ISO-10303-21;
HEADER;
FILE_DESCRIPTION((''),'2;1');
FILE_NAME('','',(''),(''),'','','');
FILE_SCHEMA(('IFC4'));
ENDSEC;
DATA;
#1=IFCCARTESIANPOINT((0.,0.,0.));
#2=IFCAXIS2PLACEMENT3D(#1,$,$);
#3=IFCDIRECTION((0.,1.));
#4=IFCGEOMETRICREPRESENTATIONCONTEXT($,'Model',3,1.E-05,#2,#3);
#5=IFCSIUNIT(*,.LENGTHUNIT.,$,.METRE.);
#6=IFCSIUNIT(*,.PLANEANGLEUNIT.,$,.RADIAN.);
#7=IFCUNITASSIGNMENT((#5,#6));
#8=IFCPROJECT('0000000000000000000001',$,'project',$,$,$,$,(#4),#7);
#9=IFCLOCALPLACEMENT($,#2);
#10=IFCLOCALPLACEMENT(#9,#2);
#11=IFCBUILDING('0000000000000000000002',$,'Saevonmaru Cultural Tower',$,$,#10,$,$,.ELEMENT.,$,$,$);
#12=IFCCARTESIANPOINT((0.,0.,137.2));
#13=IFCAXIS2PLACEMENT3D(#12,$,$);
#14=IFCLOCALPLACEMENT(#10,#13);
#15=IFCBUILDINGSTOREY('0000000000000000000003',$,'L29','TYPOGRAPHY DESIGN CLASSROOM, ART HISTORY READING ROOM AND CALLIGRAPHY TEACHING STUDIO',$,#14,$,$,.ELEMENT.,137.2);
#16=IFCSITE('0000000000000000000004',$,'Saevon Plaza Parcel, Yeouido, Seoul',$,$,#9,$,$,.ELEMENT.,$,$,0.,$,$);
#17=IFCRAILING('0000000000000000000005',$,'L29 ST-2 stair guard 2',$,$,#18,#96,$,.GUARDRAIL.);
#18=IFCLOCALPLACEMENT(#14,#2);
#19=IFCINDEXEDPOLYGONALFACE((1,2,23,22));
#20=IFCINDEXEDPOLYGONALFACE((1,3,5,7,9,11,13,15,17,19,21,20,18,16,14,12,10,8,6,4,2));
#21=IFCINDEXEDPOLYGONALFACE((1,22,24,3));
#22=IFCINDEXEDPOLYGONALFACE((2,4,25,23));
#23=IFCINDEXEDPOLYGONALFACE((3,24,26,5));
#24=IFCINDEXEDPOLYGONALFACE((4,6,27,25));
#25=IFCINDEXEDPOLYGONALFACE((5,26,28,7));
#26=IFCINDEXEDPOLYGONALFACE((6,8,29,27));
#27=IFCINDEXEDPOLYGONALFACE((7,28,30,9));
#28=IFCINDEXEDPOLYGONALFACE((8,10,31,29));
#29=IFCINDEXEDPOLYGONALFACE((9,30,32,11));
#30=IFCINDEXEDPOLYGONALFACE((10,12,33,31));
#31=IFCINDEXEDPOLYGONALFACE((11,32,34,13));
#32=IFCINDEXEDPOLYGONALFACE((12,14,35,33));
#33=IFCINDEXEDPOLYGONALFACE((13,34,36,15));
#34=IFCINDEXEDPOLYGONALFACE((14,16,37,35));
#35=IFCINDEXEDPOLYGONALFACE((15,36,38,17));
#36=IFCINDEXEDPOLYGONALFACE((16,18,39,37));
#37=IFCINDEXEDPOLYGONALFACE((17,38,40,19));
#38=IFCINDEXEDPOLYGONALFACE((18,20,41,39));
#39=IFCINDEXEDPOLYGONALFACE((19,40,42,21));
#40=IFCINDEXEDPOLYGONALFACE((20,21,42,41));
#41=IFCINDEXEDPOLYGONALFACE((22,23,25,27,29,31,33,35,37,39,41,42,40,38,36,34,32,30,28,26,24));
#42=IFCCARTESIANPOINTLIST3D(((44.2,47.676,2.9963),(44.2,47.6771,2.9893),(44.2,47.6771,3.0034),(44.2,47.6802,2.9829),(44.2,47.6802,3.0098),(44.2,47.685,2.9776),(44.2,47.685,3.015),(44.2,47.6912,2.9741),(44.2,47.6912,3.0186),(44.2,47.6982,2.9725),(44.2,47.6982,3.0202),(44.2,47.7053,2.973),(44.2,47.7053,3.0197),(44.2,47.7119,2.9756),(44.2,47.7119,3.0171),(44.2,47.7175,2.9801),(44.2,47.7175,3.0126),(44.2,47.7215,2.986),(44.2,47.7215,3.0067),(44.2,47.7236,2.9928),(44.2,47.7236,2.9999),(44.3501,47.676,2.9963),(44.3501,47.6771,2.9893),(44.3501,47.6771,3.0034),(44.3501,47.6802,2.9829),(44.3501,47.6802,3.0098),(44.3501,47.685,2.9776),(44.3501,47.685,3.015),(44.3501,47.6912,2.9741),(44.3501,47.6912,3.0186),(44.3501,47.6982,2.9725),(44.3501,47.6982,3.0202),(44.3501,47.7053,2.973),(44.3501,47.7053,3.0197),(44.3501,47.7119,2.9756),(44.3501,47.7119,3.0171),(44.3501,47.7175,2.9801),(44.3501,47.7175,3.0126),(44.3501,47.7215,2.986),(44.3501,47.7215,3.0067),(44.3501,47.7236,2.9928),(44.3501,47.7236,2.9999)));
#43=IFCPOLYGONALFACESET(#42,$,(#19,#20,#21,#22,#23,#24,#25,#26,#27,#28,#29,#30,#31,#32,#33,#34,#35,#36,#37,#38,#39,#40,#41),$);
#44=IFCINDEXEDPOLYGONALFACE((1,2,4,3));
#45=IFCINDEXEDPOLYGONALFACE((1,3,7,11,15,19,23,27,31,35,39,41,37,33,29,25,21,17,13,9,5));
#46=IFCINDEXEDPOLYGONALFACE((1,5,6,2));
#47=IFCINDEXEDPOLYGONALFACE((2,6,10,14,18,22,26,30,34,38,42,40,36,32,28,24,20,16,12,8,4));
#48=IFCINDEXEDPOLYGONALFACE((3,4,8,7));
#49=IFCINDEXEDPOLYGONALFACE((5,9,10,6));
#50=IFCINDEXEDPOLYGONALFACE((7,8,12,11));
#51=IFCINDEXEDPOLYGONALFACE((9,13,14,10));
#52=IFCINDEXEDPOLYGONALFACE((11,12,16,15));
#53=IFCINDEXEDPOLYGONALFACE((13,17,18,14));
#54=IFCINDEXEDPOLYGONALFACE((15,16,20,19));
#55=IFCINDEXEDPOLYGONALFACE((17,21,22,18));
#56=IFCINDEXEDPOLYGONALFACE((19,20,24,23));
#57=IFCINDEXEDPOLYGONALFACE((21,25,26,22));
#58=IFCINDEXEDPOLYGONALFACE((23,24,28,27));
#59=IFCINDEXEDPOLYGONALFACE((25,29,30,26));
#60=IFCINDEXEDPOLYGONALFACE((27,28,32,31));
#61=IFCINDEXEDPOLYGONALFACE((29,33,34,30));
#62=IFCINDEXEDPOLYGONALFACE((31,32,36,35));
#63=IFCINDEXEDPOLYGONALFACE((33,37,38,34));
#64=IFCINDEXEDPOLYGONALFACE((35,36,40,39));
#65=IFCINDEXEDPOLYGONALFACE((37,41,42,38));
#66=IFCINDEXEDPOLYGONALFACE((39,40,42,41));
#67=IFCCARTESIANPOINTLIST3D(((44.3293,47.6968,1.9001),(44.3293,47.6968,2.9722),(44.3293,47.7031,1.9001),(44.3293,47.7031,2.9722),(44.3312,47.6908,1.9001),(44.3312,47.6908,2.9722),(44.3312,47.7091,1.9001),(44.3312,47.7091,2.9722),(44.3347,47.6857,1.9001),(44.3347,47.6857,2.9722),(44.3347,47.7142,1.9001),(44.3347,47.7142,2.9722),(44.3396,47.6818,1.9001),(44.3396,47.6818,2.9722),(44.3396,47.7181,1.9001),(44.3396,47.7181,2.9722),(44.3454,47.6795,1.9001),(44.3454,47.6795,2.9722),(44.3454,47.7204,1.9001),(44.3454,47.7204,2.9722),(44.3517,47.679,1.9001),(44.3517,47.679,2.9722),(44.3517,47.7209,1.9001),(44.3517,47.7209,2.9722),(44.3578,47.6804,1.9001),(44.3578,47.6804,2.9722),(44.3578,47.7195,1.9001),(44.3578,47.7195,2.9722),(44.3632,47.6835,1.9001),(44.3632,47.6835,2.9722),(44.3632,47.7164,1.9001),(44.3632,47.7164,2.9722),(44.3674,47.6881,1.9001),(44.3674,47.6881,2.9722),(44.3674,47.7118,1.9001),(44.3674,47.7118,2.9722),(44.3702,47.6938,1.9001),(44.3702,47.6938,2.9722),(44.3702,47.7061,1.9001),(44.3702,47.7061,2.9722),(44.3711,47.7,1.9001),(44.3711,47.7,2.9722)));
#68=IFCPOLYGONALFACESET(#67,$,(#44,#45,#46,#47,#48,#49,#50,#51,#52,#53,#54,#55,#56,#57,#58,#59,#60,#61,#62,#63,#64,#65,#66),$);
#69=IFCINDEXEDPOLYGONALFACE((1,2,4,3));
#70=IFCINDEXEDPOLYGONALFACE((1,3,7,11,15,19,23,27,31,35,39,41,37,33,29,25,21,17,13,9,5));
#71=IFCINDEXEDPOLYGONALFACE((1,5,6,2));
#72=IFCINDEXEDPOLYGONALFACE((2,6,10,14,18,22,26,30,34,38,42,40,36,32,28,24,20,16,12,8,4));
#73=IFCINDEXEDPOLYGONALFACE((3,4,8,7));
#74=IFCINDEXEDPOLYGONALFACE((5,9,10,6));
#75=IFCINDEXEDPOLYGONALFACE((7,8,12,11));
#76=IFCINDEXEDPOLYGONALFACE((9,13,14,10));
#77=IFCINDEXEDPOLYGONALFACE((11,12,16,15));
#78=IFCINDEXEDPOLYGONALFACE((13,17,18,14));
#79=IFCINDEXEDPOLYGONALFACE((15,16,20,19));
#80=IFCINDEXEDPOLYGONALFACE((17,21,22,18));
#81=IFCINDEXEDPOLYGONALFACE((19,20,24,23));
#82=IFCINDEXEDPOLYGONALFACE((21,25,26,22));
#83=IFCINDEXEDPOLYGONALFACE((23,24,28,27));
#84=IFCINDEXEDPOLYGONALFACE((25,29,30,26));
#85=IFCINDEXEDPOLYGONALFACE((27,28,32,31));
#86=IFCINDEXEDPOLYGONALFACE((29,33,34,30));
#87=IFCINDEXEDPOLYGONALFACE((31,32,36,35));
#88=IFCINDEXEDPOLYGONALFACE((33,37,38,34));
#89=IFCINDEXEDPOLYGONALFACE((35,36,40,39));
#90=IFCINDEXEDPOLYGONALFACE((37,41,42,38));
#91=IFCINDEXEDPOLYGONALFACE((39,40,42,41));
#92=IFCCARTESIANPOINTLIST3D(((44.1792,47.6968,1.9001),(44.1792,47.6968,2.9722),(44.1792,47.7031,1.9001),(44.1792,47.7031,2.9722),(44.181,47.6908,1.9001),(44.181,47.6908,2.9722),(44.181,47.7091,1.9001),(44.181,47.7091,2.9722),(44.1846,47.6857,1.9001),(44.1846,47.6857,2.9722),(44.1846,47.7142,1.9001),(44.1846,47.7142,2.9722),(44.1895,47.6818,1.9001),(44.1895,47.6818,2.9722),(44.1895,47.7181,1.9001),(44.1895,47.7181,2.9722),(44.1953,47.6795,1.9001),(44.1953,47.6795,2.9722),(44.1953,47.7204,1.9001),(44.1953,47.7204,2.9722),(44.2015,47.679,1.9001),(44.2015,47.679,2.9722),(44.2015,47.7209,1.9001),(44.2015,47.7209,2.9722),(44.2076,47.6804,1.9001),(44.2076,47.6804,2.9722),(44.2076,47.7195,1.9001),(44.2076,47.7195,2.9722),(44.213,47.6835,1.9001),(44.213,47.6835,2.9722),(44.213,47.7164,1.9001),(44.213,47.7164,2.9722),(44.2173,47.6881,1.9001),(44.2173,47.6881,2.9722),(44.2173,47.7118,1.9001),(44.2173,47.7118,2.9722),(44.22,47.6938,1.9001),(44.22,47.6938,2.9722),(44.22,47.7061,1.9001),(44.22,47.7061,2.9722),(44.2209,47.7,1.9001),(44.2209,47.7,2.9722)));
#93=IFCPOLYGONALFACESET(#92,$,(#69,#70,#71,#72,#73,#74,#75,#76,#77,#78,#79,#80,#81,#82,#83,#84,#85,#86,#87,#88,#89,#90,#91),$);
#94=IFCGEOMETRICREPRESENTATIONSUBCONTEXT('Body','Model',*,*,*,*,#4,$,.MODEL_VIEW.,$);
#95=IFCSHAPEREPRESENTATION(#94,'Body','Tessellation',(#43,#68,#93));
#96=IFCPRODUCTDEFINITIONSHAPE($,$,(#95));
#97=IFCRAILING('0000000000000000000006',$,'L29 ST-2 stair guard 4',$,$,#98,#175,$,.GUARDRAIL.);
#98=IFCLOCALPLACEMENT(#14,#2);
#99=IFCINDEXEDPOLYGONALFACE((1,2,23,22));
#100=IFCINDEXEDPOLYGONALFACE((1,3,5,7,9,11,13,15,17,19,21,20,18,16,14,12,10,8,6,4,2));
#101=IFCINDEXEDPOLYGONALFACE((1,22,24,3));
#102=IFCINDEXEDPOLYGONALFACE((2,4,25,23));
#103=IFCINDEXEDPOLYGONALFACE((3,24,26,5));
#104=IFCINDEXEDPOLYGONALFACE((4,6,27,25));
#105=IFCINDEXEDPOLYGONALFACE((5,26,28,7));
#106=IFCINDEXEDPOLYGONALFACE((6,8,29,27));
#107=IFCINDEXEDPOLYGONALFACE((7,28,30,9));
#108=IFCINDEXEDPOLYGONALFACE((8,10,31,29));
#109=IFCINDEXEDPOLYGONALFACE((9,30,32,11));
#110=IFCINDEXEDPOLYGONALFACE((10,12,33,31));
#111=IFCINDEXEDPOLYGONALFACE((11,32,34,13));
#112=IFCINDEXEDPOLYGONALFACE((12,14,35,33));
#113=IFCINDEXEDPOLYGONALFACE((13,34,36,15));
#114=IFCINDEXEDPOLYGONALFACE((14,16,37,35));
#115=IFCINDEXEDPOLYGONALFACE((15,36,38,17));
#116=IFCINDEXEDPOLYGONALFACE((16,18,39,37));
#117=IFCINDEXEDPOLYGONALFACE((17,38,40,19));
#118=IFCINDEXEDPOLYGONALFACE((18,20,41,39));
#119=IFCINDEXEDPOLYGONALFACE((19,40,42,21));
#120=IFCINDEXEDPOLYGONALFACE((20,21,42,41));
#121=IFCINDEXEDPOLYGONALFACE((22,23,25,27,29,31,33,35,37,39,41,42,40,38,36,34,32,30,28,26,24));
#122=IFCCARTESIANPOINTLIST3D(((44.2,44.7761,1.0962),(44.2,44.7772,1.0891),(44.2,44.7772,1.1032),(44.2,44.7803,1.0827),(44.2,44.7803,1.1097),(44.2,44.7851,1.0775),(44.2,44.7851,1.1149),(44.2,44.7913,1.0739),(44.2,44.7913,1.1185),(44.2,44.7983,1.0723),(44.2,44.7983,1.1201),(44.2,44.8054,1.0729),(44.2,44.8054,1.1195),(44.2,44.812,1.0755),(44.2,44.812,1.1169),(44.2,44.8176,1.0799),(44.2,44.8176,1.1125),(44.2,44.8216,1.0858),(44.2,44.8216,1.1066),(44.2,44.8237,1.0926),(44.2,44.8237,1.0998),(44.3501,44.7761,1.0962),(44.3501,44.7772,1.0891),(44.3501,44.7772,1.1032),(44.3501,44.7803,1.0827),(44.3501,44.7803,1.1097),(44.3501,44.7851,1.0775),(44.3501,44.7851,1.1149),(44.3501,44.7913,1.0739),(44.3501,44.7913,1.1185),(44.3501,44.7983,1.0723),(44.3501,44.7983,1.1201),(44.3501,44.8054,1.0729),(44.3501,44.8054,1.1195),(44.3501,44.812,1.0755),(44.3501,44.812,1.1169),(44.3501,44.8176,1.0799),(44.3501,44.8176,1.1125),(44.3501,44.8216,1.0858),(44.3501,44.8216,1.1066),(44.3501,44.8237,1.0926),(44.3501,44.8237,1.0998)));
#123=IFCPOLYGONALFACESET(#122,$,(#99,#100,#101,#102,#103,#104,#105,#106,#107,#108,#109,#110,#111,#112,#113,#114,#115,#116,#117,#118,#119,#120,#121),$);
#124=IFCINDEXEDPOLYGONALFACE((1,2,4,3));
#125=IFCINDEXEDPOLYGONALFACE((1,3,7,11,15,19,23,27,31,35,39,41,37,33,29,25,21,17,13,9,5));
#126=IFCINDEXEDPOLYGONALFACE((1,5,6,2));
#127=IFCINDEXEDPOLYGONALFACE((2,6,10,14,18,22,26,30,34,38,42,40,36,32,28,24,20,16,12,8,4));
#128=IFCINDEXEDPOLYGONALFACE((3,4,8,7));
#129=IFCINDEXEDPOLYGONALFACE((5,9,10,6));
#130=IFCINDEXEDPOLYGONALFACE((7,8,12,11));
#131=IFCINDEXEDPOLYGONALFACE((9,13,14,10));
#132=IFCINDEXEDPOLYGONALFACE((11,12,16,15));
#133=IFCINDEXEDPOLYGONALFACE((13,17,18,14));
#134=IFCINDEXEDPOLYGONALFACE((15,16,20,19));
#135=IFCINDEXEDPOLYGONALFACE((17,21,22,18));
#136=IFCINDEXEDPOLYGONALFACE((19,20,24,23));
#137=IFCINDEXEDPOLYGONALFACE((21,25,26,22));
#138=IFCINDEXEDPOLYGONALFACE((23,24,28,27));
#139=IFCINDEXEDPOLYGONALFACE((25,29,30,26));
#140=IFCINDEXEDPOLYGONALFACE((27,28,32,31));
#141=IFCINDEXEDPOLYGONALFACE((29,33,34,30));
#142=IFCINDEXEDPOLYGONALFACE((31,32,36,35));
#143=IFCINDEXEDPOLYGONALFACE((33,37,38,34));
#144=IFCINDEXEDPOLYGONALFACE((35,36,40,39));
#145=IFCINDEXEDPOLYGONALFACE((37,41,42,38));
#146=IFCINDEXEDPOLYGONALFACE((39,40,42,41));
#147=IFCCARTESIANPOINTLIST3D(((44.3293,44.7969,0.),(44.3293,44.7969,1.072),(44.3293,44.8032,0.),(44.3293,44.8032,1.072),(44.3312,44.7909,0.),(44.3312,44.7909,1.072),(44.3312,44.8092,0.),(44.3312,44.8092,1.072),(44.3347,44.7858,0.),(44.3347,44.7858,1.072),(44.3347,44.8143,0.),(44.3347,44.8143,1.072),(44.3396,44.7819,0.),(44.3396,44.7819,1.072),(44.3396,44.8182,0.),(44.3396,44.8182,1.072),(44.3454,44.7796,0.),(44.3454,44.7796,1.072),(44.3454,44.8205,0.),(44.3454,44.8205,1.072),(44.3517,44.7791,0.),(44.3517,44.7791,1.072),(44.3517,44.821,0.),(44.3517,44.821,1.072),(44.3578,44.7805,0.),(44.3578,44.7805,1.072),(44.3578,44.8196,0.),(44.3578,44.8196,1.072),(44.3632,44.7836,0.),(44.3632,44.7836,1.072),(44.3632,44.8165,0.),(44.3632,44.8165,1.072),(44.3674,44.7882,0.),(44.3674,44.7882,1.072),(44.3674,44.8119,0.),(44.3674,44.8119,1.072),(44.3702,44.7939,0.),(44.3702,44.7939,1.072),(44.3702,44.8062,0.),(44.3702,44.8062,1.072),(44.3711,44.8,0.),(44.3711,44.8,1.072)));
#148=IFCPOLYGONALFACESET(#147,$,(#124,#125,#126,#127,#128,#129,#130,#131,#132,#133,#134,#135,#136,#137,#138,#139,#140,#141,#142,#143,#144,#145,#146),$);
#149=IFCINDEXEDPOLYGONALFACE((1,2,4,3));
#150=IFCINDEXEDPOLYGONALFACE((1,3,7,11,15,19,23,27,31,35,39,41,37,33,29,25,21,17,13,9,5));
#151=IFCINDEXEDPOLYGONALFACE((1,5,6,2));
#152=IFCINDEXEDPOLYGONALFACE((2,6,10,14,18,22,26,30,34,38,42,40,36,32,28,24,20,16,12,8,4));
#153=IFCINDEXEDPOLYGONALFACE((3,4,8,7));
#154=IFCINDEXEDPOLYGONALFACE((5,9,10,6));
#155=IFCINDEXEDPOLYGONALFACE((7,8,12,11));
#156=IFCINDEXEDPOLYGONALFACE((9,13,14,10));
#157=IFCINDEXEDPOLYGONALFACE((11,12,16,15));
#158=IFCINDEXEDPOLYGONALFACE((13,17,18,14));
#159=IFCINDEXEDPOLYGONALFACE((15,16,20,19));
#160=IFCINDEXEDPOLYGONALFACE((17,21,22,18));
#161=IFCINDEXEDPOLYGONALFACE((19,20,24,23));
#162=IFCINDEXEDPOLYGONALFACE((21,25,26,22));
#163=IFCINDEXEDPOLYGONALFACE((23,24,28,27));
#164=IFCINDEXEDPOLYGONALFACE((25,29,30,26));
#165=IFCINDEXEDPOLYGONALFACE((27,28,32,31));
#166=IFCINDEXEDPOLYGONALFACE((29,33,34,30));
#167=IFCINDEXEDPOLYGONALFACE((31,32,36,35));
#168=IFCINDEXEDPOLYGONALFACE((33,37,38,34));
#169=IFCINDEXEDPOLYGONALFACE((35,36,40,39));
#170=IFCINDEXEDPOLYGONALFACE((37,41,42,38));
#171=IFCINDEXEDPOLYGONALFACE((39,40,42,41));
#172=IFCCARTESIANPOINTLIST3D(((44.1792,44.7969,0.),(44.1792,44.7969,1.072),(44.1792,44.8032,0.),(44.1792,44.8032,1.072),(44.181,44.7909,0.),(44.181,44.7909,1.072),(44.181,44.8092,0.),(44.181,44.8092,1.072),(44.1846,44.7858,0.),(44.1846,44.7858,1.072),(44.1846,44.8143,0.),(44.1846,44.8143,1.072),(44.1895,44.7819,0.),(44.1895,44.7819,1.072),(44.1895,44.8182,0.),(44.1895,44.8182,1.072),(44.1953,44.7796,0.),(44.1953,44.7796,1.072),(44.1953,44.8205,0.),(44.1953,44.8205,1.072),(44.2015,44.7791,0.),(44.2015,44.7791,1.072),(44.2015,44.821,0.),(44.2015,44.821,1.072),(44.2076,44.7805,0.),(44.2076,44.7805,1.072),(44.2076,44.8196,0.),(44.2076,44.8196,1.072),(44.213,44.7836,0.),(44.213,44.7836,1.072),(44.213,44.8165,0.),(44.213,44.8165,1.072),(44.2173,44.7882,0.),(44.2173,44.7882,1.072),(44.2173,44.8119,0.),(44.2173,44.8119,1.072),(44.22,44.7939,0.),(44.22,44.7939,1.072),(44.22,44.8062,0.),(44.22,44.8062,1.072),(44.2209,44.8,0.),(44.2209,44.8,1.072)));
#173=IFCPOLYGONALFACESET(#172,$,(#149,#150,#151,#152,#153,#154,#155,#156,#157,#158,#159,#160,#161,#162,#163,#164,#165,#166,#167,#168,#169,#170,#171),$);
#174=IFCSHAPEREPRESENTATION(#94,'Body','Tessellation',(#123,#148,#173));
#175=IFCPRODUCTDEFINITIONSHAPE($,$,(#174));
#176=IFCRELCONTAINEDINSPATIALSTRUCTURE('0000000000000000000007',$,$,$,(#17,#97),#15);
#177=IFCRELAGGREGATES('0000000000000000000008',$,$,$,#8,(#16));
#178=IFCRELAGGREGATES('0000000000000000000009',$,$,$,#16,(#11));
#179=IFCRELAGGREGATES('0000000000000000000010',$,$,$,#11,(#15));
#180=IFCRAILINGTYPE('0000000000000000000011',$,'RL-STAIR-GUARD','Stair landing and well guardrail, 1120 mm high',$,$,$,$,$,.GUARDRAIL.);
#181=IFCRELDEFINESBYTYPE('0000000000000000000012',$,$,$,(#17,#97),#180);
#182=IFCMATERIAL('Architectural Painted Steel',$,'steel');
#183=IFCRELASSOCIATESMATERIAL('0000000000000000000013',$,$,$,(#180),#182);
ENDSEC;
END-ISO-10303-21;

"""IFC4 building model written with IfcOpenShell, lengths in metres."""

from ifc_helpers import new_model, si_unit, direction, frame, origin, origin_2d, place, context, subcontext, project, spatial, circle, extrude, material, type_object, element, save


model = new_model("IFC4")

# Units and contexts
model_context = context("Model", 3, precision=1e-05, world=origin(), true_north=direction((0.0, 1.0)))
body_context = subcontext(model_context, "Body", "Model", "MODEL_VIEW")
ifc_project = project(units=[si_unit("LENGTHUNIT", "METRE"), si_unit("PLANEANGLEUNIT", "RADIAN")], contexts=[model_context])

# Site, building, storey
site_placement = place(None, origin())
site = spatial("IfcSite", under=ifc_project, at=site_placement, Name="Saevon Plaza Parcel, Yeouido, Seoul", CompositionType="ELEMENT", RefElevation=0.0)
building_placement = place(site_placement, origin())
building = spatial("IfcBuilding", under=site, at=building_placement, Name="Saevonmaru Cultural Tower", CompositionType="ELEMENT")
storey_placement = place(building_placement, frame((0.0, 0.0, 137.2)))
storey = spatial("IfcBuildingStorey", under=building, at=storey_placement, Name="L29", Description="TYPOGRAPHY DESIGN CLASSROOM, ART HISTORY READING ROOM AND CALLIGRAPHY TEACHING STUDIO", CompositionType="ELEMENT", Elevation=137.2)

# Railings
ifc_material_1 = material(Name="Architectural Painted Steel", Category="steel")
railing_type_1 = type_object("IfcRailingType", Name="RL-STAIR-GUARD", Description="Stair landing and well guardrail, 1120 mm high", PredefinedType="GUARDRAIL", material=ifc_material_1)
for number, where, name in (
    (1, (44.3501, 47.7, 1.9001), "L29 ST-2 stair guard 2"),
    (2, (44.3501, 44.8, 0.0), "L29 ST-2 stair guard 4"),
):
    element("IfcRailing", number, at=place(storey_placement, frame(where)), inside=storey, type_object=railing_type_1, Name=name, PredefinedType="GUARDRAIL", context=body_context, shape_type="SweptSolid", body=[
        extrude(circle(Radius=0.0239, at=origin_2d()), frame((0.0, 0.0, 1.0962), z_axis=(-1.0, 0.0, 0.0), x_axis=(0.0, -1.0, 0.0)), (0.0, 0.0, 1.0), 0.1501),
        extrude(circle(Radius=0.021, at=origin_2d()), origin(), (0.0, 0.0, 1.0), 1.072),
        extrude(circle(Radius=0.021, at=origin_2d()), frame((-0.1501, 0.0, 0.0)), (0.0, 0.0, 1.0), 1.072),
    ])

save(model, "model.ifc")
